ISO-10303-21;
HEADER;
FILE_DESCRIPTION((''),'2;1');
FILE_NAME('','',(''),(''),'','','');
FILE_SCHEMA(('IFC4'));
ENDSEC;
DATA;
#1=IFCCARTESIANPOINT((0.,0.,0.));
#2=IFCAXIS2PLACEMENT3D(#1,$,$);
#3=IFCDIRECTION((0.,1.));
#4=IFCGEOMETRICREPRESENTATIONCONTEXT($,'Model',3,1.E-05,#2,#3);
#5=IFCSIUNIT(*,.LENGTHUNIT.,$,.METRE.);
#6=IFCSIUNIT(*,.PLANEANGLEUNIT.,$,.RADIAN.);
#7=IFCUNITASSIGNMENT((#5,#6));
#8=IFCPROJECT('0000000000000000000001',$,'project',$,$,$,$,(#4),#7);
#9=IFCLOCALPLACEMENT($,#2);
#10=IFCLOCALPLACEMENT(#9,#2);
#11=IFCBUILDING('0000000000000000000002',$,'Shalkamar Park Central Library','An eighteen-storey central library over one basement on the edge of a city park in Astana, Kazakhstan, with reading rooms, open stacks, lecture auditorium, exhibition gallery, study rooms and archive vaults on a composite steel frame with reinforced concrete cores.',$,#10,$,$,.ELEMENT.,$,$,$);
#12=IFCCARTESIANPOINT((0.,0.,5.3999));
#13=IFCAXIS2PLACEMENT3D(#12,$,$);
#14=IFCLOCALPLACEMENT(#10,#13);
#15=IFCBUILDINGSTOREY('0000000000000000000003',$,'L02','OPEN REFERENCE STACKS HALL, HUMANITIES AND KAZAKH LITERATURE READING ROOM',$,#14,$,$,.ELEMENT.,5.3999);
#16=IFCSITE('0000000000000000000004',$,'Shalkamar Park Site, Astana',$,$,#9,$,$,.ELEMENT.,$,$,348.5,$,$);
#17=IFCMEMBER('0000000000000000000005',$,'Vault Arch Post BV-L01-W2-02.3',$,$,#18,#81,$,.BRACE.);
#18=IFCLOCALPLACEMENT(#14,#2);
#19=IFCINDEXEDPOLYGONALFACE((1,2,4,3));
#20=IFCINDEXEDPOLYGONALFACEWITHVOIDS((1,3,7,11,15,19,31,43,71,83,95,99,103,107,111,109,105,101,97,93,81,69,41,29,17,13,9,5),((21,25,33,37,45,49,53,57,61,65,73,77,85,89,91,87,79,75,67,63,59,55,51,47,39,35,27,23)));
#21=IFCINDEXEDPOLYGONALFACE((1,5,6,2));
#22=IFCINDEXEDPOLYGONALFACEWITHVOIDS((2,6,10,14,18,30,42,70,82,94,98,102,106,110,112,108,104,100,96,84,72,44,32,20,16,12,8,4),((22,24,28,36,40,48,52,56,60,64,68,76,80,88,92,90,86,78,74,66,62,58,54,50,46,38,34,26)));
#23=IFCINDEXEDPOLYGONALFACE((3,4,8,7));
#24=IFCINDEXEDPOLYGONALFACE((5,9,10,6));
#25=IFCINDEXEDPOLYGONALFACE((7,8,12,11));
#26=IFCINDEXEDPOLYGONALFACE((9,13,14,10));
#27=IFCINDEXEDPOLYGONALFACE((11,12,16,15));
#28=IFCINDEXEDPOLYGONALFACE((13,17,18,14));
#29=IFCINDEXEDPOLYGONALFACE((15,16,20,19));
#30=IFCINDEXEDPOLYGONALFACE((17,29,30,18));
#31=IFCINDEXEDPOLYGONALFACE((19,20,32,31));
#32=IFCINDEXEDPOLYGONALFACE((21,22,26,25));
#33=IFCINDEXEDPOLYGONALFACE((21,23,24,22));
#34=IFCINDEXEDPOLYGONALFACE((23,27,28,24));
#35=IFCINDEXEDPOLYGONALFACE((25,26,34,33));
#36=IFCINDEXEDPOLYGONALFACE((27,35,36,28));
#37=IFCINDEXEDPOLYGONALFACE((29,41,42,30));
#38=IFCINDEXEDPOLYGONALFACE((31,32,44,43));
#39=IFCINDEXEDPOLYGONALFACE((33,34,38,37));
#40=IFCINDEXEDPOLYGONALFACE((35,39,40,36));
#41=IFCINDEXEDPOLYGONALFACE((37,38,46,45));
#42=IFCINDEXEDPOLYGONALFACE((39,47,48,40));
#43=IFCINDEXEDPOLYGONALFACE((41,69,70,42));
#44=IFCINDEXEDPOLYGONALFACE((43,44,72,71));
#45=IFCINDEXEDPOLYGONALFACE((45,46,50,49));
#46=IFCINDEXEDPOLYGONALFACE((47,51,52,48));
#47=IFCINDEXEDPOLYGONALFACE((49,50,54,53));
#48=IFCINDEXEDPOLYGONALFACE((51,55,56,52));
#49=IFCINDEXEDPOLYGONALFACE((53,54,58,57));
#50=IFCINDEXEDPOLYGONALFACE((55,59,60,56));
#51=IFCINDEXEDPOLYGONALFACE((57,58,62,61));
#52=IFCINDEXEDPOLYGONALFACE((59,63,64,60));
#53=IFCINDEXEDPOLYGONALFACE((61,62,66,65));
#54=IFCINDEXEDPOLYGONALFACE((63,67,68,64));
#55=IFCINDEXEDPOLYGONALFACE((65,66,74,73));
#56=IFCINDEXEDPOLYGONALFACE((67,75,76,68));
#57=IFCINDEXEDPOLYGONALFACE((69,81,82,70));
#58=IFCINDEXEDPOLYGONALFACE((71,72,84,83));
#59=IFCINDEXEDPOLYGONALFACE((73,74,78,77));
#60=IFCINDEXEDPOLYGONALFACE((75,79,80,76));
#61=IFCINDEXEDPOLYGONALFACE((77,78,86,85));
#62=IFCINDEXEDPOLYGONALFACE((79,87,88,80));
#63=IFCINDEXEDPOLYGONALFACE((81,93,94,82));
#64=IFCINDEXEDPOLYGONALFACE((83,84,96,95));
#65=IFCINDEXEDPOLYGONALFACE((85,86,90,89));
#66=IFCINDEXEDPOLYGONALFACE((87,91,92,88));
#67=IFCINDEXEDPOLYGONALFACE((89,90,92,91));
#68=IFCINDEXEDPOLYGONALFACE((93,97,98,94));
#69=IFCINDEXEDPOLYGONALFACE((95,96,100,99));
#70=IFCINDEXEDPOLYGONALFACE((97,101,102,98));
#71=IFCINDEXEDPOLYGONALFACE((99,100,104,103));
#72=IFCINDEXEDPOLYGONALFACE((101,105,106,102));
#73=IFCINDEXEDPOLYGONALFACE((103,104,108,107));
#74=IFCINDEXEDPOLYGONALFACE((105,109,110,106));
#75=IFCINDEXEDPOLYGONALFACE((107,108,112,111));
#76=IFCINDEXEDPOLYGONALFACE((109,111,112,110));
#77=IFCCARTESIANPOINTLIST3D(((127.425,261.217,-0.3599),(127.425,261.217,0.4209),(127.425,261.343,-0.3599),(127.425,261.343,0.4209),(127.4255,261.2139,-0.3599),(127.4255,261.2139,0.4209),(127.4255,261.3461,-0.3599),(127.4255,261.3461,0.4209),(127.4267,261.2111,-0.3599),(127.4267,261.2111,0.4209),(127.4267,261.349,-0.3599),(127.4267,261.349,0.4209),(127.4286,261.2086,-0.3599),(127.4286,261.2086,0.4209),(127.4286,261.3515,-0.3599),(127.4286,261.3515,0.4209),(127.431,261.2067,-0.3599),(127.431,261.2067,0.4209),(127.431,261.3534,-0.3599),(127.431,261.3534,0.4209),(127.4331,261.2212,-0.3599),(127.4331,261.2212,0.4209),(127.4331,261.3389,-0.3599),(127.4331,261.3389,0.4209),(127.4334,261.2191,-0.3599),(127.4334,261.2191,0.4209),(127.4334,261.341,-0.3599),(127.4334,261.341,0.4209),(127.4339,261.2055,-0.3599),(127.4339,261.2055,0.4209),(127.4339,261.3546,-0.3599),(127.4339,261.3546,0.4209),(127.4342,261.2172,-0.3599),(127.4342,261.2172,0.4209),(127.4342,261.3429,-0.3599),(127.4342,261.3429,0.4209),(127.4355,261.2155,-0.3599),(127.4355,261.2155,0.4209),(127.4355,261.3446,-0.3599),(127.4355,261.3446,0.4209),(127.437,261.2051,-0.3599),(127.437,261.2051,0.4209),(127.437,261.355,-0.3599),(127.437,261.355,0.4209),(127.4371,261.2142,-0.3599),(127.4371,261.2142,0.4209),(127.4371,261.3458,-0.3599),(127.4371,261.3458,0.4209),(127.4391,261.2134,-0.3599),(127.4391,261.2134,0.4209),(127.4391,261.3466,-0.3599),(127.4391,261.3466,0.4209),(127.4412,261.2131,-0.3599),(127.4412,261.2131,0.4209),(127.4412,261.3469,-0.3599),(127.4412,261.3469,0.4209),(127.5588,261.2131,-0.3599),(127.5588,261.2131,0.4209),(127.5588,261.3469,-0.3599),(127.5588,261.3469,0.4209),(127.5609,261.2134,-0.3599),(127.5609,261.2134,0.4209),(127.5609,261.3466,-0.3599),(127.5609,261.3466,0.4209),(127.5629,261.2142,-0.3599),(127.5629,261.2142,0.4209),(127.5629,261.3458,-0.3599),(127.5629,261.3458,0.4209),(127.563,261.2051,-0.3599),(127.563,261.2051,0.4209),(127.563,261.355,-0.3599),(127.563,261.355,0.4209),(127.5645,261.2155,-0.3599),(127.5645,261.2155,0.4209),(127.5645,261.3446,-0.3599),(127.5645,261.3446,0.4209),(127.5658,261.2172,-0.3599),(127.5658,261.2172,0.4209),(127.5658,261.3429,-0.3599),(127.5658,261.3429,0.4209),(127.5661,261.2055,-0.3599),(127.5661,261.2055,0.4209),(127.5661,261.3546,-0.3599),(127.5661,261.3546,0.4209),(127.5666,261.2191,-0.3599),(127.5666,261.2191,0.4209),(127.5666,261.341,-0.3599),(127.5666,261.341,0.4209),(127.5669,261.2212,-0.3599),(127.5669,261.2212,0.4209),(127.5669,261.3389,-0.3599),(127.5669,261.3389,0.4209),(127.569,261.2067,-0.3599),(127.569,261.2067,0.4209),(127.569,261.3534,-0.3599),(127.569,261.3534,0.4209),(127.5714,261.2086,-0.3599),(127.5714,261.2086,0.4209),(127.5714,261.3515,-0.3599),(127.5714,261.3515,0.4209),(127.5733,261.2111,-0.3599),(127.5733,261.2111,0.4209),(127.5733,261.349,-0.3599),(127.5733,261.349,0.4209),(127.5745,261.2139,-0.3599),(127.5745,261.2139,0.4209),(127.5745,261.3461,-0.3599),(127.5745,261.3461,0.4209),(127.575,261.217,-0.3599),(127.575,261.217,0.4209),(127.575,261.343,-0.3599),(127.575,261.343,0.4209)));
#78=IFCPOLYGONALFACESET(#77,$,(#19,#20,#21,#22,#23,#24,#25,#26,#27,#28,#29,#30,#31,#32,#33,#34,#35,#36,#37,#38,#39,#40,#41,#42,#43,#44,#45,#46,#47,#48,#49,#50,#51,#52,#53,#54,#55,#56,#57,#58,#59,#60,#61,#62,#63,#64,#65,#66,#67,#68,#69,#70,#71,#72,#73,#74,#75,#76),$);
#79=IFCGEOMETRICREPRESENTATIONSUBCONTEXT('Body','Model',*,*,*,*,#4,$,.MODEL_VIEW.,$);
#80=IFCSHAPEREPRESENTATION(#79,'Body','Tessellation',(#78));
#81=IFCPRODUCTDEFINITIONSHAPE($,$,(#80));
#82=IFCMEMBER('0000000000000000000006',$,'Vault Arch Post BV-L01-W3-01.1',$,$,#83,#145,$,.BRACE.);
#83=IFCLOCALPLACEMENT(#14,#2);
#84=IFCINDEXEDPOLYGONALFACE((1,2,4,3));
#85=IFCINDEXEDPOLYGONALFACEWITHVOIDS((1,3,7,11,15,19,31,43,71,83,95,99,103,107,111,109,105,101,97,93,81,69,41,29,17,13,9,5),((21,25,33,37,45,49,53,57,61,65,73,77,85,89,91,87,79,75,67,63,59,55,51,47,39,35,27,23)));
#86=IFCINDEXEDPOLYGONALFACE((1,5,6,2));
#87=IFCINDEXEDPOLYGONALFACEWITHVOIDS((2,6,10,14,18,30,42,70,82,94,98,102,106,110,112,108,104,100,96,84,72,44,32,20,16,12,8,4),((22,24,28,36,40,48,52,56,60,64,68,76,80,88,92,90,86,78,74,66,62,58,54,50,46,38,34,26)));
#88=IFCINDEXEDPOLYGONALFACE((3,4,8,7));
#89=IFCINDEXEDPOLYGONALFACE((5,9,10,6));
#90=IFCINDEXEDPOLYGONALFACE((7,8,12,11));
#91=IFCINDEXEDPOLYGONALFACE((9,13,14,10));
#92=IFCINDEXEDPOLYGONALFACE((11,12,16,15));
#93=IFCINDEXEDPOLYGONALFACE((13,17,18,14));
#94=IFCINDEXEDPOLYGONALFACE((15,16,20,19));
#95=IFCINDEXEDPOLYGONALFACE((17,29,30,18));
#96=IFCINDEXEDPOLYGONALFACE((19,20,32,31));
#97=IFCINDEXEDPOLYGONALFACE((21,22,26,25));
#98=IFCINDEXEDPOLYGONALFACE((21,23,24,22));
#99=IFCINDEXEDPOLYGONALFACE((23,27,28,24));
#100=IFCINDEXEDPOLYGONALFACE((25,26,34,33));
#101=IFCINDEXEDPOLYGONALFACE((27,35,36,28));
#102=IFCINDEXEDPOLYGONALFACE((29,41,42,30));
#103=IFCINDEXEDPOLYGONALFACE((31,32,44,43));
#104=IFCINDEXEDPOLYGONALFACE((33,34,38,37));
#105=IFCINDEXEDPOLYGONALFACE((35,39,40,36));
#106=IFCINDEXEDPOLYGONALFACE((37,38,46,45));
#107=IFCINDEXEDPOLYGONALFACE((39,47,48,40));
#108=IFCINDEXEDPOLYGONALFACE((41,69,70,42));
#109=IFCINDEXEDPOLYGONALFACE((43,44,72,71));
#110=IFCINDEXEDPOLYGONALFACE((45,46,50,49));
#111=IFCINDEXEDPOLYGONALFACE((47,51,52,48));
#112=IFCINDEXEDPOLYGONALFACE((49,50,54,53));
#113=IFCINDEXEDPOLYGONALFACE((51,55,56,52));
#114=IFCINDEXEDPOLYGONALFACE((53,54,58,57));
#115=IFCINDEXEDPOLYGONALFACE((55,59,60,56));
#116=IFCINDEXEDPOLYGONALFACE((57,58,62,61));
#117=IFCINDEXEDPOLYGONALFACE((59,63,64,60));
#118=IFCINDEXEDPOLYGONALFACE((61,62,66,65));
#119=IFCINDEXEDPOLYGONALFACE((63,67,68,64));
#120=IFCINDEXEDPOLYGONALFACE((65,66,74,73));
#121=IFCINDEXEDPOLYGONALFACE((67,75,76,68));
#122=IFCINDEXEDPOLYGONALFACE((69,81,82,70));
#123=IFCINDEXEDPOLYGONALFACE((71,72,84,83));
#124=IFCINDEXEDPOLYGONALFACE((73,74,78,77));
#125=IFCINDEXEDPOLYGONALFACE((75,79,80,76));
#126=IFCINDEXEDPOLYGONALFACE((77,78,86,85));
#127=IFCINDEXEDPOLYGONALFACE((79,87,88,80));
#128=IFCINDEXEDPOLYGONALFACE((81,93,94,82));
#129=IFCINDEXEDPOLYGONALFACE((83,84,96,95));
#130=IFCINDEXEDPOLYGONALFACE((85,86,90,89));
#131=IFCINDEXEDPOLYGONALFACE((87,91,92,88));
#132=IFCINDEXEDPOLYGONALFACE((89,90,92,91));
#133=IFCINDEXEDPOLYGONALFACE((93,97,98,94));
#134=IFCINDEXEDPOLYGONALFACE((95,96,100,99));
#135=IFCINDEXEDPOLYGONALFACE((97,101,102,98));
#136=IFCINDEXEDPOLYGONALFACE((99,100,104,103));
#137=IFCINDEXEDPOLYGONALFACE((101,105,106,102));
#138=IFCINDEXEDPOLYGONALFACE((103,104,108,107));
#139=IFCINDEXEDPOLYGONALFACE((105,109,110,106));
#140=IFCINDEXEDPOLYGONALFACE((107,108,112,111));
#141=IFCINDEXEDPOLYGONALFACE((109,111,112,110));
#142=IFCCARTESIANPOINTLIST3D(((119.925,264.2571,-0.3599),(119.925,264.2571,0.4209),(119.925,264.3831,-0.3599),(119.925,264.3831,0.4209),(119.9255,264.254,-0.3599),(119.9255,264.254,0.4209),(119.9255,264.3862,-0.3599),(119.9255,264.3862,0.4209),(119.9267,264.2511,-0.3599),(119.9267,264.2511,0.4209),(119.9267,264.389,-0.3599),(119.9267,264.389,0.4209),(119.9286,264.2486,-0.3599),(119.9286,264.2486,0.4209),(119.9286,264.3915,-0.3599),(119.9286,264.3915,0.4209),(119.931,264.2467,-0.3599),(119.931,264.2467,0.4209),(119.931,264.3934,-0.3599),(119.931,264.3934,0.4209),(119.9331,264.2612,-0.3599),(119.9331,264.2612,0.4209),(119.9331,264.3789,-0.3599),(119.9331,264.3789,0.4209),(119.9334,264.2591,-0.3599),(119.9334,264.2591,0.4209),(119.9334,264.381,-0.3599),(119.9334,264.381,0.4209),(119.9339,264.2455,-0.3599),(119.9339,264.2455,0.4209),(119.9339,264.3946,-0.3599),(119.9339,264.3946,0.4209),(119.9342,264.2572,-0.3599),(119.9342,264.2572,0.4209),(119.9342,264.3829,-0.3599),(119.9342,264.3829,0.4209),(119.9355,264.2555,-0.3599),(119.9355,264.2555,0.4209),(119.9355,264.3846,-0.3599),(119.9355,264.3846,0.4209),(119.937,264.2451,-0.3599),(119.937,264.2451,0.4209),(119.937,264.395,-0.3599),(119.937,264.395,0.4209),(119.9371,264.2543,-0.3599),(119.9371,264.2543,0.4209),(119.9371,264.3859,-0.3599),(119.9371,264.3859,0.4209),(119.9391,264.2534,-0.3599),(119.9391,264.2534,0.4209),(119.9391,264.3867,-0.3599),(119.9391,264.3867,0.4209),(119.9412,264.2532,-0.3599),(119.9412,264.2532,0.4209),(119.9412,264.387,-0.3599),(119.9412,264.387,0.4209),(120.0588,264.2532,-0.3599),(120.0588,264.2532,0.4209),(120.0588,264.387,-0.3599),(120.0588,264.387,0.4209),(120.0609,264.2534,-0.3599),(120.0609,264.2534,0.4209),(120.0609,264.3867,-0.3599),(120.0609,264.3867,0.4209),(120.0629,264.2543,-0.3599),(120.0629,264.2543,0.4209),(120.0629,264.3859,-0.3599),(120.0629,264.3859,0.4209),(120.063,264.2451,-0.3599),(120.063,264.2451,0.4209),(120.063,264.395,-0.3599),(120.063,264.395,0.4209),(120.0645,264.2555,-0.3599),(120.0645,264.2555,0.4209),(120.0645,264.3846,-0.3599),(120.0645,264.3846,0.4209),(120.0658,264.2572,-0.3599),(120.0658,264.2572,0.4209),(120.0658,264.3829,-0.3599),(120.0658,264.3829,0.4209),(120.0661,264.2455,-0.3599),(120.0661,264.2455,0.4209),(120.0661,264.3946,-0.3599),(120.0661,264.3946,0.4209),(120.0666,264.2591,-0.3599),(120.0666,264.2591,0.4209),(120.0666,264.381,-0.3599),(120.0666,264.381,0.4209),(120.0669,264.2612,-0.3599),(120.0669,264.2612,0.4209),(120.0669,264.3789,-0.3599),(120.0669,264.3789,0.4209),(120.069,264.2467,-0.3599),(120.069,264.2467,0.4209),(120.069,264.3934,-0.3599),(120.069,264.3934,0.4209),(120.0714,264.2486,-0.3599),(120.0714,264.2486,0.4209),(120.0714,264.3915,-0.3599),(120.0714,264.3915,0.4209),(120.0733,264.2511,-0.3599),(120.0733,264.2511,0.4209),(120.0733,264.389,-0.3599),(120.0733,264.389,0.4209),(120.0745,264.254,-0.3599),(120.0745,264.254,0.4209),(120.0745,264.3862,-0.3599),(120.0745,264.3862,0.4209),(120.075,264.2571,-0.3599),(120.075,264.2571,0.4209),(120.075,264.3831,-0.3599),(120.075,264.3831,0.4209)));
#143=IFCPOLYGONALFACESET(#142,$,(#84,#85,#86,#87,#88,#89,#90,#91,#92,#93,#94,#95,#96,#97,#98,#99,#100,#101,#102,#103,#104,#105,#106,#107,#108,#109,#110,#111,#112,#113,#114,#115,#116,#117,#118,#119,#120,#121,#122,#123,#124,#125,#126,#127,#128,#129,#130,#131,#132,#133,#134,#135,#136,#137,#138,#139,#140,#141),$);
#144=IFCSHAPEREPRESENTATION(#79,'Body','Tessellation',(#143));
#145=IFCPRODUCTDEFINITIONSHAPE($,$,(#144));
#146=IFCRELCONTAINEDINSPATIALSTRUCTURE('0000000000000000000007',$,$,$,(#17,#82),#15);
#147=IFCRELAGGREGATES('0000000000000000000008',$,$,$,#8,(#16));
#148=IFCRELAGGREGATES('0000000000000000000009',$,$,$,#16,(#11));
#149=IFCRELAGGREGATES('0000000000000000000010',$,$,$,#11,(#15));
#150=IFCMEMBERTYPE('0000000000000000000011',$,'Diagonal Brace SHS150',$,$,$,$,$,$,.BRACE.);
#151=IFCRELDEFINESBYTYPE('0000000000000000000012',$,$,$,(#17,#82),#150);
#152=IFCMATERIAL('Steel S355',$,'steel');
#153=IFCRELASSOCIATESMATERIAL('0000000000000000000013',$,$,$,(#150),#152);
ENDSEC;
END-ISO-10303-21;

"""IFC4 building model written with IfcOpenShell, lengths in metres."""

from ifc_helpers import new_model, si_unit, direction, frame, origin, origin_2d, place, context, subcontext, project, spatial, hollow_rectangle, extrude, material, material_profile, profile_set, type_object, element, save


model = new_model("IFC4")

# Units and contexts
model_context = context("Model", 3, precision=1e-05, world=origin(), true_north=direction((0.0, 1.0)))
body_context = subcontext(model_context, "Body", "Model", "MODEL_VIEW")
ifc_project = project(units=[si_unit("LENGTHUNIT", "METRE"), si_unit("PLANEANGLEUNIT", "RADIAN")], contexts=[model_context])

# Site, building, storey
site_placement = place(None, origin())
site = spatial("IfcSite", under=ifc_project, at=site_placement, Name="Shalkamar Park Site, Astana", CompositionType="ELEMENT", RefElevation=348.5)
building_placement = place(site_placement, origin())
building = spatial("IfcBuilding", under=site, at=building_placement, Name="Shalkamar Park Central Library", Description="An eighteen-storey central library over one basement on the edge of a city park in Astana, Kazakhstan, with reading rooms, open stacks, lecture auditorium, exhibition gallery, study rooms and archive vaults on a composite steel frame with reinforced concrete cores.", CompositionType="ELEMENT")
storey_placement = place(building_placement, frame((0.0, 0.0, 5.3999)))
storey = spatial("IfcBuildingStorey", under=building, at=storey_placement, Name="L02", Description="OPEN REFERENCE STACKS HALL, HUMANITIES AND KAZAKH LITERATURE READING ROOM", CompositionType="ELEMENT", Elevation=5.3999)

# Members
ifc_material_1 = material(Name="Steel S355", Category="steel")
ifc_material_profile_1 = material_profile(ifc_material_1, hollow_rectangle(XDim=0.1499, YDim=0.1499, WallThickness=0.0081, InnerFilletRadius=0.0081, OuterFilletRadius=0.012, at=origin_2d()), Name="SHS 150x150x8")
ifc_profile_set_1 = profile_set([ifc_material_profile_1], Name="Steel S355")
member_type_1 = type_object("IfcMemberType", Name="Diagonal Brace SHS150", PredefinedType="BRACE", material=ifc_profile_set_1)
for number, where, z_axis, x_axis, name in (
    (1, (127.5, 261.28, -0.3599), (0.0, 0.0, 1.0), (1.0, 0.0, 0.0), "Vault Arch Post BV-L01-W2-02.3"),
    (2, (120.0, 264.3201, -0.3599), (0.0, 0.0, 1.0), (1.0, 0.0, 0.0), "Vault Arch Post BV-L01-W3-01.1"),
):
    element("IfcMember", number, at=place(storey_placement, frame(where, z_axis=z_axis, x_axis=x_axis)), inside=storey, type_object=member_type_1, Name=name, PredefinedType="BRACE", context=body_context, shape_type="SweptSolid", body=[
        extrude(hollow_rectangle(XDim=0.1499, YDim=0.1499, WallThickness=0.0081, InnerFilletRadius=0.0081, OuterFilletRadius=0.012, at=origin_2d()), origin(), (0.0, 0.0, 1.0), 0.7808),
    ])

save(model, "model.ifc")
